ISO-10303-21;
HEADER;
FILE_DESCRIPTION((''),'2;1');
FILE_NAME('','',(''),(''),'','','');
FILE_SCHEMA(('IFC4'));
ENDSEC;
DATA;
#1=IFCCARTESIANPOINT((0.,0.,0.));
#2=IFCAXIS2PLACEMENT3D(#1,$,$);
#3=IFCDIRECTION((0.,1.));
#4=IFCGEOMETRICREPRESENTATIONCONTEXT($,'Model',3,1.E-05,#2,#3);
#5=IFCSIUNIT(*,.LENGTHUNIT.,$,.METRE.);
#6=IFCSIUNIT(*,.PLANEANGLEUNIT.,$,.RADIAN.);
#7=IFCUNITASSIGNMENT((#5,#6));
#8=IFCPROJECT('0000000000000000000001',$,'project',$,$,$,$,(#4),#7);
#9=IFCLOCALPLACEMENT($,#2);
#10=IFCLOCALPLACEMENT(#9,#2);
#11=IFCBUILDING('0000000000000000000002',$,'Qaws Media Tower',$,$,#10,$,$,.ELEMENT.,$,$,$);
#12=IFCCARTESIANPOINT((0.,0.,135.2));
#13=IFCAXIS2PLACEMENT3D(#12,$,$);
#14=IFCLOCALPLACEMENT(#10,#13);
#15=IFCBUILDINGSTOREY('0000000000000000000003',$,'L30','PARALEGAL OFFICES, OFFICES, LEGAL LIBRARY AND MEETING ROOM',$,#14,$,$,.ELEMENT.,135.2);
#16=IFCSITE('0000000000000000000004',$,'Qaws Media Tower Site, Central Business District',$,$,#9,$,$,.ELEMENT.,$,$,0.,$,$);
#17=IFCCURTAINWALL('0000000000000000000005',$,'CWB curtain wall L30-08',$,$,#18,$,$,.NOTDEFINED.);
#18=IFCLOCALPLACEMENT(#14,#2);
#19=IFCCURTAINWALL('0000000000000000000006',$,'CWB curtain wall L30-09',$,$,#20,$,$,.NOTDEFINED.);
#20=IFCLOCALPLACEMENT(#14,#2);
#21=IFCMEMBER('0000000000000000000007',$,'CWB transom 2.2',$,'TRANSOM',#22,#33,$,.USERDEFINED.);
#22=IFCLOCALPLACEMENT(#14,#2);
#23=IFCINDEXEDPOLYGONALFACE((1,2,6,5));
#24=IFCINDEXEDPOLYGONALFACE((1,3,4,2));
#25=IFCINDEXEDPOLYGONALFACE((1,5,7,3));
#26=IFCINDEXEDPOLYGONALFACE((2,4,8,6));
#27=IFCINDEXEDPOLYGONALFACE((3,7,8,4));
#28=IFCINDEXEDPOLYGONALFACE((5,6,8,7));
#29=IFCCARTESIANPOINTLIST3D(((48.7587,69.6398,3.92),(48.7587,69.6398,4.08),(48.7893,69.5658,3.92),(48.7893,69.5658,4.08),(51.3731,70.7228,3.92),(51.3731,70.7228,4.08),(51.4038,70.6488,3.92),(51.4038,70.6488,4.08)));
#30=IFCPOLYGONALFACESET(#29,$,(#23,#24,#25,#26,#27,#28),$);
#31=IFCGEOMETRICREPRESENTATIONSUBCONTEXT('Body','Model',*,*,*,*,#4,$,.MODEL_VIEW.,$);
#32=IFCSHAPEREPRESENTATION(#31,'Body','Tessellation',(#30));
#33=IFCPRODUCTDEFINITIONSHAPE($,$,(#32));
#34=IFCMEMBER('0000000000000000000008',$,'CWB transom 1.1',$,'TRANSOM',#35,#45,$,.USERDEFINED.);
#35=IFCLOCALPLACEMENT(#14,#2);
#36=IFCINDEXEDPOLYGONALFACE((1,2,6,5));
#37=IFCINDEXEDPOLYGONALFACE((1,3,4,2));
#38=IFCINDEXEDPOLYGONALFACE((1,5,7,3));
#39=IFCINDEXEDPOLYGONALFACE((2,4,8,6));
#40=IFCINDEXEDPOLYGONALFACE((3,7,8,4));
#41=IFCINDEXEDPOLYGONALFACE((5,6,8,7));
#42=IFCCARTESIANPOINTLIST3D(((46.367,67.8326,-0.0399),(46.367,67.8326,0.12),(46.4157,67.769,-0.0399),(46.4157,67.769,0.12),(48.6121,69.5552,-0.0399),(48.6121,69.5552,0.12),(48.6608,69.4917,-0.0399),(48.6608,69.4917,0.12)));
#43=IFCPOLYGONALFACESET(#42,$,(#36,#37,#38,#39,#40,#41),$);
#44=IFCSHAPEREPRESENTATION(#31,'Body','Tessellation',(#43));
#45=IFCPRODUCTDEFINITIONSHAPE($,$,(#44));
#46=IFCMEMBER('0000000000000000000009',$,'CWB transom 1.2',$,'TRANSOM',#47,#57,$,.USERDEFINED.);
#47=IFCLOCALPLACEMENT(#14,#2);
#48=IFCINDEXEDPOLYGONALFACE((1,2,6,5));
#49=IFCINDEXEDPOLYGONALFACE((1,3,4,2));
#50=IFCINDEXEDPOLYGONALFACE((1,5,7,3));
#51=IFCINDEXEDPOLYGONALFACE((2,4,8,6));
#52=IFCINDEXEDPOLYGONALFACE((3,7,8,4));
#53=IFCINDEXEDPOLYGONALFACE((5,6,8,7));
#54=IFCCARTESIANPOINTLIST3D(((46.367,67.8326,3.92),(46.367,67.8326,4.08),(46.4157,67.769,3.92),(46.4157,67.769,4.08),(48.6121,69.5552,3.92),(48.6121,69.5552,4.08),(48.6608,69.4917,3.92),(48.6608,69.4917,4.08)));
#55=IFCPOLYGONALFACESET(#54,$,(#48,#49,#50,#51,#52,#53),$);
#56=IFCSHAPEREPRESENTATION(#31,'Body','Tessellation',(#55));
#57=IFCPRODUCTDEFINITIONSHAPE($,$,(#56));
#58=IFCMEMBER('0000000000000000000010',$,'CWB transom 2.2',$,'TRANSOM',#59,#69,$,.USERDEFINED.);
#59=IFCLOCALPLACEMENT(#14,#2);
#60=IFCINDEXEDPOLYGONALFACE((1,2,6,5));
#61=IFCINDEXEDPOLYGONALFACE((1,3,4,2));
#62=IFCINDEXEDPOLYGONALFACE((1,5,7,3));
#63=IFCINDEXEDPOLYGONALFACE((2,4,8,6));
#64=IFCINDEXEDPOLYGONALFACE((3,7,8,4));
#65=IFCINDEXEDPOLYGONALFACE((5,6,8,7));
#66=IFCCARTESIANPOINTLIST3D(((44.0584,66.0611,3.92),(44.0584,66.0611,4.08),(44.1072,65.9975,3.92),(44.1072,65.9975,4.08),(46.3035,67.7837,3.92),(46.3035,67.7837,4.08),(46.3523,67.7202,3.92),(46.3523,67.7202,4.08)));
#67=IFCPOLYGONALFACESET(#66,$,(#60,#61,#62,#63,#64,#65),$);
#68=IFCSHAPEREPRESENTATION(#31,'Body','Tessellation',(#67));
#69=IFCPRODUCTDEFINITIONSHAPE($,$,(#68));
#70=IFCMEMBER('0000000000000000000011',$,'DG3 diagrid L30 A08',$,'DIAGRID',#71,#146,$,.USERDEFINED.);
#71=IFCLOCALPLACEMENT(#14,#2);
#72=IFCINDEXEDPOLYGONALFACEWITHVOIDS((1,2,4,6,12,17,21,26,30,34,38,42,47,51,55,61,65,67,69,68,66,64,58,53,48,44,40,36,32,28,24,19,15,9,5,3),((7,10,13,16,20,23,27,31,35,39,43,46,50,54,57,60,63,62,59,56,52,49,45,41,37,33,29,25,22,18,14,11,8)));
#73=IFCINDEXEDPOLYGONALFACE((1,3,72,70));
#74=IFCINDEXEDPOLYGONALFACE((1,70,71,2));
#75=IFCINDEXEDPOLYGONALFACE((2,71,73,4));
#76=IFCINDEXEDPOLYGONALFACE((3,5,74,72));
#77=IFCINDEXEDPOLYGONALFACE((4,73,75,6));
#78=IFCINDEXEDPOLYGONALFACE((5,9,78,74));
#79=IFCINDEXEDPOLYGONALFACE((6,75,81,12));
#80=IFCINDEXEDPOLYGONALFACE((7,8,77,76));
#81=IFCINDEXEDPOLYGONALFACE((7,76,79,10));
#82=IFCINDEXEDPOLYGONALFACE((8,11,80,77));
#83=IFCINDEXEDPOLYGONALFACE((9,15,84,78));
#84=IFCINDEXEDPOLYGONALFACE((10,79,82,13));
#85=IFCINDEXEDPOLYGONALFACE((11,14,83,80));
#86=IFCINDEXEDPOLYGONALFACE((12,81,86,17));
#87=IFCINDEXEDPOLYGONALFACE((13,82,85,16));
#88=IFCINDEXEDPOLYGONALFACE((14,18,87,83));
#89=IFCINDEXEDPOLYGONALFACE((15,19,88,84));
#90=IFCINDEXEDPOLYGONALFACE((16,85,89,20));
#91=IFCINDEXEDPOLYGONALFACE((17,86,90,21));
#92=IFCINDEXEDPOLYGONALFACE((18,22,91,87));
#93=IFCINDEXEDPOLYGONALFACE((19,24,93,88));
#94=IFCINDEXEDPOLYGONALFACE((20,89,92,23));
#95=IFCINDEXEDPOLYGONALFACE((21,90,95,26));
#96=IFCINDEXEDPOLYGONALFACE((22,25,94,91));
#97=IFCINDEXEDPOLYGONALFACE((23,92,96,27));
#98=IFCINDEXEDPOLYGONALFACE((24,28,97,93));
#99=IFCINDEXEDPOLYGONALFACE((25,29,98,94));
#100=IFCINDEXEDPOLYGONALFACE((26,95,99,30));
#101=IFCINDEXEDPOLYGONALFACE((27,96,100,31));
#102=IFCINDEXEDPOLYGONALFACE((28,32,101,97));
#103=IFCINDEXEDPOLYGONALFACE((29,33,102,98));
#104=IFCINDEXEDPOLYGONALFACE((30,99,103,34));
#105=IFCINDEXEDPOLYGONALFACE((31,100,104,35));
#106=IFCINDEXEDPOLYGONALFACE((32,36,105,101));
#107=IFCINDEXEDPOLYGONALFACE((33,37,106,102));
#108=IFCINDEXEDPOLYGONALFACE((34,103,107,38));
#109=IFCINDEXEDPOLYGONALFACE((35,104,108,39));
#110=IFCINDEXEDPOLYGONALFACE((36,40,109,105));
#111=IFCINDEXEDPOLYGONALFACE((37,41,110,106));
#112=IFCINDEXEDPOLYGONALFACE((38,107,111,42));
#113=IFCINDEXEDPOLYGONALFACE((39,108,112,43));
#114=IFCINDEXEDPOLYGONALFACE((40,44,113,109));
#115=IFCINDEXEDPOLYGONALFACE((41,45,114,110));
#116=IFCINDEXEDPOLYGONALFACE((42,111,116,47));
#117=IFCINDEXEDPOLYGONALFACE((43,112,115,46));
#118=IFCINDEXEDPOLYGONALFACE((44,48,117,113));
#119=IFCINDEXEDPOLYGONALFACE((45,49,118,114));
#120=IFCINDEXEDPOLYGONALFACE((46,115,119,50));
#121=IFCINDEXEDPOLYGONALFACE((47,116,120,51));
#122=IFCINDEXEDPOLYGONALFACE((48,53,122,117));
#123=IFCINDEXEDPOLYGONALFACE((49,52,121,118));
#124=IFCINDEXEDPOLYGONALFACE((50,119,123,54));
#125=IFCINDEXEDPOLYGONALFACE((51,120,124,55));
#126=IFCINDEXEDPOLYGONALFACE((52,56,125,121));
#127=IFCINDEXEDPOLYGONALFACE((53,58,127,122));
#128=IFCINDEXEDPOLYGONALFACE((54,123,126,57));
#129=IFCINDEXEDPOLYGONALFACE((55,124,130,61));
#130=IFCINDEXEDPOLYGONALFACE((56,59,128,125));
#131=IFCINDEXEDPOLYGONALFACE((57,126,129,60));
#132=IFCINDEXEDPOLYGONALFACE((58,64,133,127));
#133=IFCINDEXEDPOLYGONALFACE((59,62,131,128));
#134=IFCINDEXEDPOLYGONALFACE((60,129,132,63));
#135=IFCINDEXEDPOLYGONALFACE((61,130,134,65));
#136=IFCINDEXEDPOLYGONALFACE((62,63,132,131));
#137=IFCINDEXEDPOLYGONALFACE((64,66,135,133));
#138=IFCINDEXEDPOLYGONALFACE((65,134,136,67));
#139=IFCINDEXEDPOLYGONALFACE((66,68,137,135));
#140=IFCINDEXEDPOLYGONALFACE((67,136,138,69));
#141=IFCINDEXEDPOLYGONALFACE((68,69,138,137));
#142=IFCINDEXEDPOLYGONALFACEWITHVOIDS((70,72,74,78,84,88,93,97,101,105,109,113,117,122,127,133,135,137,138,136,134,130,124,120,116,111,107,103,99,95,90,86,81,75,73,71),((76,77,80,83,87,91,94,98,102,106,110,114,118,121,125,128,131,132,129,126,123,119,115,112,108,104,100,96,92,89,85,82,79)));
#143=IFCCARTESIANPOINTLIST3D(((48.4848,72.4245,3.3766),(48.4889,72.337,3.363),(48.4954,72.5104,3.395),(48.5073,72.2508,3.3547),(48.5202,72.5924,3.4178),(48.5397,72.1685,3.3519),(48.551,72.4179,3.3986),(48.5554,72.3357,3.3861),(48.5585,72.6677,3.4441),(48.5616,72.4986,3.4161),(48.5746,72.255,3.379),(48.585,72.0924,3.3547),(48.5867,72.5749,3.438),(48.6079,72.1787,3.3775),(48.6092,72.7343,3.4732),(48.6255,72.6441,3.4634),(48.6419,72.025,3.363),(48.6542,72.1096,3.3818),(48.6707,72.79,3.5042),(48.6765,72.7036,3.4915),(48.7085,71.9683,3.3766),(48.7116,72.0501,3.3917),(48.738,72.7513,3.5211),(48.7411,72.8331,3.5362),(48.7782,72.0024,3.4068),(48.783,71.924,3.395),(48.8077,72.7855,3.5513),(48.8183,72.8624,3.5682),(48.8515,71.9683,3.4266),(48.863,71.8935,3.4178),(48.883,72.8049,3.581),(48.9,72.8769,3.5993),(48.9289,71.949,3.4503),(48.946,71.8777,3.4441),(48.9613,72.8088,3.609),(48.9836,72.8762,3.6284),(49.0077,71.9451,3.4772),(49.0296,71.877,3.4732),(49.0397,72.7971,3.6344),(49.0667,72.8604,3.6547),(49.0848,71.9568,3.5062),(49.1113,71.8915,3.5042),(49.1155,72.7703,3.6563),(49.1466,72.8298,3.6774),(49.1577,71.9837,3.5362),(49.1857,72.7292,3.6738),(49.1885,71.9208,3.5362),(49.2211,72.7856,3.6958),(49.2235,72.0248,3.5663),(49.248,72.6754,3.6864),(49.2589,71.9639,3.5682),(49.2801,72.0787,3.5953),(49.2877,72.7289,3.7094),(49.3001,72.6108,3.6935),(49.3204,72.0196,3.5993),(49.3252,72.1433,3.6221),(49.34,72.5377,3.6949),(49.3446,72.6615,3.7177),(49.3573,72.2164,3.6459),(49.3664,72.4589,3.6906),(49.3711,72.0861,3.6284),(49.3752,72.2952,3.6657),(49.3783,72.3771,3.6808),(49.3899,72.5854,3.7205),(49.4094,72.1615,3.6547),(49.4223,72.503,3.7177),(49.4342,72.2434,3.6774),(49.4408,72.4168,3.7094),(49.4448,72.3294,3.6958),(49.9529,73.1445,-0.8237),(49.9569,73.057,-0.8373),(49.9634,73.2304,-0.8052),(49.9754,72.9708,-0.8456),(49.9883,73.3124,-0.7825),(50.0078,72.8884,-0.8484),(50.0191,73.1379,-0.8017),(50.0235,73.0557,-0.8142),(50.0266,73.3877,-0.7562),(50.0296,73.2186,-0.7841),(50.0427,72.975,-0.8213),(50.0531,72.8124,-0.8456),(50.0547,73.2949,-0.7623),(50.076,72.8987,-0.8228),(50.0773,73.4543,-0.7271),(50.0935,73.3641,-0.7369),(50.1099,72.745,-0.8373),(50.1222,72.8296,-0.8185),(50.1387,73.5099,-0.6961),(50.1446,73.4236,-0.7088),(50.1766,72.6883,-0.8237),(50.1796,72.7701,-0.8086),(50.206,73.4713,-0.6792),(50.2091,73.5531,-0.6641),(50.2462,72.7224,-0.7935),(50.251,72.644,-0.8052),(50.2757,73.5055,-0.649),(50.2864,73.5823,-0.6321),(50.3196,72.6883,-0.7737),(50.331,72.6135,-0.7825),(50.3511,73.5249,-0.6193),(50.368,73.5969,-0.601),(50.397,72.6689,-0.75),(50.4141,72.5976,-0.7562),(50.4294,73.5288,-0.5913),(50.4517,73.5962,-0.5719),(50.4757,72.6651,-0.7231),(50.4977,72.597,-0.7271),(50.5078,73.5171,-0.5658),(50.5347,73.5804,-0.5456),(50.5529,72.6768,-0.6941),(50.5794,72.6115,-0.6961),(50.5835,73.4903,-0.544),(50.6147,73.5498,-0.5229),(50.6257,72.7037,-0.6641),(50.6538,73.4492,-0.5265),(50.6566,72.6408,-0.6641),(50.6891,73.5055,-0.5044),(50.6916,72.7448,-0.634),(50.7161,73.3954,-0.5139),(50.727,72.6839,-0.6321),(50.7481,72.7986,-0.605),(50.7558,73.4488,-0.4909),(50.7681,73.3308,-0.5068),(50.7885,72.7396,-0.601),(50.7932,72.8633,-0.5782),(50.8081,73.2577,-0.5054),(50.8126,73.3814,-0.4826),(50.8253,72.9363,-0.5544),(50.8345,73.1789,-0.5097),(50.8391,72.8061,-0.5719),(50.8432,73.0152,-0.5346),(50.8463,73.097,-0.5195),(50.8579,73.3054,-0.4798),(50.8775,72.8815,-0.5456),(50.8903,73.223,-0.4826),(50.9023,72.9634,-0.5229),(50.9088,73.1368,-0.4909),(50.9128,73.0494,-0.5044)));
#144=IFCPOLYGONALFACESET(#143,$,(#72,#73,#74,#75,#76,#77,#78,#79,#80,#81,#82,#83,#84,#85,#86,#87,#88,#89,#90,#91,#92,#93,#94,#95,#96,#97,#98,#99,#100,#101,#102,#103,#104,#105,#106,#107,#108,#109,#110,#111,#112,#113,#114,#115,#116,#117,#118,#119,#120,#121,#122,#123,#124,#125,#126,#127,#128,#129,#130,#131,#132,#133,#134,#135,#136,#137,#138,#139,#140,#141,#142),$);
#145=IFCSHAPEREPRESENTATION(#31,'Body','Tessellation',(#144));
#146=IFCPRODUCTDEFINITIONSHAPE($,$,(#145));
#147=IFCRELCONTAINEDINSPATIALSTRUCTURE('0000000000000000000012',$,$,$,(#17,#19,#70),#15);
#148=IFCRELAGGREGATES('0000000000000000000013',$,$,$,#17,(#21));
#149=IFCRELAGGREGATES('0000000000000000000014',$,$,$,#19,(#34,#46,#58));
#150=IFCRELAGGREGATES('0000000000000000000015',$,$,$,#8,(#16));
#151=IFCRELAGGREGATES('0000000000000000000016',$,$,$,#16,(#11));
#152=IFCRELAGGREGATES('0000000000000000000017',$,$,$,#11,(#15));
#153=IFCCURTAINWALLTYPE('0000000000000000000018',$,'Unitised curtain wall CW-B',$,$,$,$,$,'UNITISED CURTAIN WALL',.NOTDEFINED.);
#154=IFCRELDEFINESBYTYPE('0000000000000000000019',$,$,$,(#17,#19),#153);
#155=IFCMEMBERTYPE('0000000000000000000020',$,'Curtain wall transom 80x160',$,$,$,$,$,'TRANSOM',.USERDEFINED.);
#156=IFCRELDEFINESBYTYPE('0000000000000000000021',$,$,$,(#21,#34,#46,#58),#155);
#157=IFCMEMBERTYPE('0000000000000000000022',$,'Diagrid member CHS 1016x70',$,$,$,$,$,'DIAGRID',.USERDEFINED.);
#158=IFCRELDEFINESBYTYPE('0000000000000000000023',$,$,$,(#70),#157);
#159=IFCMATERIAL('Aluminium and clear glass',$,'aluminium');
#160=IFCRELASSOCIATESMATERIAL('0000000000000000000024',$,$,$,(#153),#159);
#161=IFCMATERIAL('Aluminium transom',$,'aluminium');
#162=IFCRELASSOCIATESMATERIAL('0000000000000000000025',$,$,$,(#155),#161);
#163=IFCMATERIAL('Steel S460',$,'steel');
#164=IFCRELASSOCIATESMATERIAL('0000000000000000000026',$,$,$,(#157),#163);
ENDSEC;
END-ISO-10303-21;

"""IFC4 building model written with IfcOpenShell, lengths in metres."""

from ifc_helpers import new_model, si_unit, direction, frame, origin, origin_2d, place, context, subcontext, project, spatial, rectangle, hollow_circle, extrude, material, material_profile, profile_set, type_object, element, aggregate, save


model = new_model("IFC4")

# Units and contexts
model_context = context("Model", 3, precision=1e-05, world=origin(), true_north=direction((0.0, 1.0)))
body_context = subcontext(model_context, "Body", "Model", "MODEL_VIEW")
ifc_project = project(units=[si_unit("LENGTHUNIT", "METRE"), si_unit("PLANEANGLEUNIT", "RADIAN")], contexts=[model_context])

# Site, building, storey
site_placement = place(None, origin())
site = spatial("IfcSite", under=ifc_project, at=site_placement, Name="Qaws Media Tower Site, Central Business District", CompositionType="ELEMENT", RefElevation=0.0)
building_placement = place(site_placement, origin())
building = spatial("IfcBuilding", under=site, at=building_placement, Name="Qaws Media Tower", CompositionType="ELEMENT")
storey_placement = place(building_placement, frame((0.0, 0.0, 135.2)))
storey = spatial("IfcBuildingStorey", under=building, at=storey_placement, Name="L30", Description="PARALEGAL OFFICES, OFFICES, LEGAL LIBRARY AND MEETING ROOM", CompositionType="ELEMENT", Elevation=135.2)

# Curtain walls
ifc_material_1 = material(Name="Aluminium and clear glass", Category="aluminium")
curtain_wall_type = type_object("IfcCurtainWallType", Name="Unitised curtain wall CW-B", ElementType="UNITISED CURTAIN WALL", PredefinedType="NOTDEFINED", material=ifc_material_1)
curtain_wall_1_placement = place(storey_placement, origin())
curtain_wall_1 = element("IfcCurtainWall", 1, at=curtain_wall_1_placement, inside=storey, type_object=curtain_wall_type, Name="CWB curtain wall L30-08", PredefinedType="NOTDEFINED")
curtain_wall_2_placement = place(storey_placement, origin())
curtain_wall_2 = element("IfcCurtainWall", 2, at=curtain_wall_2_placement, inside=storey, type_object=curtain_wall_type, Name="CWB curtain wall L30-09", PredefinedType="NOTDEFINED")

# Members
ifc_material_2 = material(Name="Aluminium transom", Category="aluminium")
ifc_material_profile_1 = material_profile(ifc_material_2, rectangle(XDim=0.0801, YDim=0.1599, at=origin_2d()), Name="80x160")
ifc_profile_set_1 = profile_set([ifc_material_profile_1], Name="Aluminium transom")
member_type_1 = type_object("IfcMemberType", Name="Curtain wall transom 80x160", ElementType="TRANSOM", PredefinedType="USERDEFINED", material=ifc_profile_set_1)
member_1_placement = place(storey_placement, frame((51.3884, 70.6858, 4.0), z_axis=(-0.923874, -0.382697, 0.0), x_axis=(0.382697, -0.923874, 0.0)))
member_1 = element("IfcMember", 3, at=member_1_placement, type_object=member_type_1, Name="CWB transom 2.2", ObjectType="TRANSOM", PredefinedType="USERDEFINED", context=body_context, shape_type="SweptSolid", body=[
    extrude(rectangle(XDim=0.0801, YDim=0.1599, at=origin_2d()), origin(), (0.0, 0.0, 1.0), 2.8298),
])
member_2_placement = place(storey_placement, frame((48.6365, 69.5234, 0.04), z_axis=(-0.793367, -0.608743, 0.0), x_axis=(0.608743, -0.793367, 0.0)))
member_2 = element("IfcMember", 4, at=member_2_placement, type_object=member_type_1, Name="CWB transom 1.1", ObjectType="TRANSOM", PredefinedType="USERDEFINED", context=body_context, shape_type="SweptSolid", body=[
    extrude(rectangle(XDim=0.0801, YDim=0.1599, at=origin_2d()), origin(), (0.0, 0.0, 1.0), 2.8298),
])
member_3_placement = place(storey_placement, frame((48.6365, 69.5234, 4.0), z_axis=(-0.793367, -0.608743, 0.0), x_axis=(0.608743, -0.793367, 0.0)))
member_3 = element("IfcMember", 5, at=member_3_placement, type_object=member_type_1, Name="CWB transom 1.2", ObjectType="TRANSOM", PredefinedType="USERDEFINED", context=body_context, shape_type="SweptSolid", body=[
    extrude(rectangle(XDim=0.0801, YDim=0.1599, at=origin_2d()), origin(), (0.0, 0.0, 1.0), 2.8298),
])
member_4_placement = place(storey_placement, frame((46.3279, 67.752, 4.0), z_axis=(-0.793367, -0.608743, 0.0), x_axis=(0.608743, -0.793367, 0.0)))
member_4 = element("IfcMember", 6, at=member_4_placement, type_object=member_type_1, Name="CWB transom 2.2", ObjectType="TRANSOM", PredefinedType="USERDEFINED", context=body_context, shape_type="SweptSolid", body=[
    extrude(rectangle(XDim=0.0801, YDim=0.1599, at=origin_2d()), origin(), (0.0, 0.0, 1.0), 2.8298),
])

# Member
ifc_material_3 = material(Name="Steel S460", Category="steel")
ifc_material_profile_2 = material_profile(ifc_material_3, hollow_circle(Radius=0.5081, WallThickness=0.0701, at=origin_2d()), Name="CHS 1016x70")
ifc_profile_set_2 = profile_set([ifc_material_profile_2], Name="Steel S460")
member_type_2 = type_object("IfcMemberType", Name="Diagrid member CHS 1016x70", ElementType="DIAGRID", PredefinedType="USERDEFINED", material=ifc_profile_set_2)
for number, where, z_axis, x_axis, name in (
    (7, (50.4329, 73.0969, -0.6641), (-0.325703, -0.159737, 0.931881), (0.440332, -0.897835, 0.0), "DG3 diagrid L30 A08"),
):
    element("IfcMember", number, at=place(storey_placement, frame(where, z_axis=z_axis, x_axis=x_axis)), inside=storey, type_object=member_type_2, Name=name, ObjectType="DIAGRID", PredefinedType="USERDEFINED", context=body_context, shape_type="SweptSolid", body=[
        extrude(hollow_circle(Radius=0.5081, WallThickness=0.0701, at=origin_2d()), origin(), (0.0, 0.0, 1.0), 4.5073),
    ])

aggregate(curtain_wall_1, [member_1])
aggregate(curtain_wall_2, [member_2, member_3, member_4])

save(model, "model.ifc")
